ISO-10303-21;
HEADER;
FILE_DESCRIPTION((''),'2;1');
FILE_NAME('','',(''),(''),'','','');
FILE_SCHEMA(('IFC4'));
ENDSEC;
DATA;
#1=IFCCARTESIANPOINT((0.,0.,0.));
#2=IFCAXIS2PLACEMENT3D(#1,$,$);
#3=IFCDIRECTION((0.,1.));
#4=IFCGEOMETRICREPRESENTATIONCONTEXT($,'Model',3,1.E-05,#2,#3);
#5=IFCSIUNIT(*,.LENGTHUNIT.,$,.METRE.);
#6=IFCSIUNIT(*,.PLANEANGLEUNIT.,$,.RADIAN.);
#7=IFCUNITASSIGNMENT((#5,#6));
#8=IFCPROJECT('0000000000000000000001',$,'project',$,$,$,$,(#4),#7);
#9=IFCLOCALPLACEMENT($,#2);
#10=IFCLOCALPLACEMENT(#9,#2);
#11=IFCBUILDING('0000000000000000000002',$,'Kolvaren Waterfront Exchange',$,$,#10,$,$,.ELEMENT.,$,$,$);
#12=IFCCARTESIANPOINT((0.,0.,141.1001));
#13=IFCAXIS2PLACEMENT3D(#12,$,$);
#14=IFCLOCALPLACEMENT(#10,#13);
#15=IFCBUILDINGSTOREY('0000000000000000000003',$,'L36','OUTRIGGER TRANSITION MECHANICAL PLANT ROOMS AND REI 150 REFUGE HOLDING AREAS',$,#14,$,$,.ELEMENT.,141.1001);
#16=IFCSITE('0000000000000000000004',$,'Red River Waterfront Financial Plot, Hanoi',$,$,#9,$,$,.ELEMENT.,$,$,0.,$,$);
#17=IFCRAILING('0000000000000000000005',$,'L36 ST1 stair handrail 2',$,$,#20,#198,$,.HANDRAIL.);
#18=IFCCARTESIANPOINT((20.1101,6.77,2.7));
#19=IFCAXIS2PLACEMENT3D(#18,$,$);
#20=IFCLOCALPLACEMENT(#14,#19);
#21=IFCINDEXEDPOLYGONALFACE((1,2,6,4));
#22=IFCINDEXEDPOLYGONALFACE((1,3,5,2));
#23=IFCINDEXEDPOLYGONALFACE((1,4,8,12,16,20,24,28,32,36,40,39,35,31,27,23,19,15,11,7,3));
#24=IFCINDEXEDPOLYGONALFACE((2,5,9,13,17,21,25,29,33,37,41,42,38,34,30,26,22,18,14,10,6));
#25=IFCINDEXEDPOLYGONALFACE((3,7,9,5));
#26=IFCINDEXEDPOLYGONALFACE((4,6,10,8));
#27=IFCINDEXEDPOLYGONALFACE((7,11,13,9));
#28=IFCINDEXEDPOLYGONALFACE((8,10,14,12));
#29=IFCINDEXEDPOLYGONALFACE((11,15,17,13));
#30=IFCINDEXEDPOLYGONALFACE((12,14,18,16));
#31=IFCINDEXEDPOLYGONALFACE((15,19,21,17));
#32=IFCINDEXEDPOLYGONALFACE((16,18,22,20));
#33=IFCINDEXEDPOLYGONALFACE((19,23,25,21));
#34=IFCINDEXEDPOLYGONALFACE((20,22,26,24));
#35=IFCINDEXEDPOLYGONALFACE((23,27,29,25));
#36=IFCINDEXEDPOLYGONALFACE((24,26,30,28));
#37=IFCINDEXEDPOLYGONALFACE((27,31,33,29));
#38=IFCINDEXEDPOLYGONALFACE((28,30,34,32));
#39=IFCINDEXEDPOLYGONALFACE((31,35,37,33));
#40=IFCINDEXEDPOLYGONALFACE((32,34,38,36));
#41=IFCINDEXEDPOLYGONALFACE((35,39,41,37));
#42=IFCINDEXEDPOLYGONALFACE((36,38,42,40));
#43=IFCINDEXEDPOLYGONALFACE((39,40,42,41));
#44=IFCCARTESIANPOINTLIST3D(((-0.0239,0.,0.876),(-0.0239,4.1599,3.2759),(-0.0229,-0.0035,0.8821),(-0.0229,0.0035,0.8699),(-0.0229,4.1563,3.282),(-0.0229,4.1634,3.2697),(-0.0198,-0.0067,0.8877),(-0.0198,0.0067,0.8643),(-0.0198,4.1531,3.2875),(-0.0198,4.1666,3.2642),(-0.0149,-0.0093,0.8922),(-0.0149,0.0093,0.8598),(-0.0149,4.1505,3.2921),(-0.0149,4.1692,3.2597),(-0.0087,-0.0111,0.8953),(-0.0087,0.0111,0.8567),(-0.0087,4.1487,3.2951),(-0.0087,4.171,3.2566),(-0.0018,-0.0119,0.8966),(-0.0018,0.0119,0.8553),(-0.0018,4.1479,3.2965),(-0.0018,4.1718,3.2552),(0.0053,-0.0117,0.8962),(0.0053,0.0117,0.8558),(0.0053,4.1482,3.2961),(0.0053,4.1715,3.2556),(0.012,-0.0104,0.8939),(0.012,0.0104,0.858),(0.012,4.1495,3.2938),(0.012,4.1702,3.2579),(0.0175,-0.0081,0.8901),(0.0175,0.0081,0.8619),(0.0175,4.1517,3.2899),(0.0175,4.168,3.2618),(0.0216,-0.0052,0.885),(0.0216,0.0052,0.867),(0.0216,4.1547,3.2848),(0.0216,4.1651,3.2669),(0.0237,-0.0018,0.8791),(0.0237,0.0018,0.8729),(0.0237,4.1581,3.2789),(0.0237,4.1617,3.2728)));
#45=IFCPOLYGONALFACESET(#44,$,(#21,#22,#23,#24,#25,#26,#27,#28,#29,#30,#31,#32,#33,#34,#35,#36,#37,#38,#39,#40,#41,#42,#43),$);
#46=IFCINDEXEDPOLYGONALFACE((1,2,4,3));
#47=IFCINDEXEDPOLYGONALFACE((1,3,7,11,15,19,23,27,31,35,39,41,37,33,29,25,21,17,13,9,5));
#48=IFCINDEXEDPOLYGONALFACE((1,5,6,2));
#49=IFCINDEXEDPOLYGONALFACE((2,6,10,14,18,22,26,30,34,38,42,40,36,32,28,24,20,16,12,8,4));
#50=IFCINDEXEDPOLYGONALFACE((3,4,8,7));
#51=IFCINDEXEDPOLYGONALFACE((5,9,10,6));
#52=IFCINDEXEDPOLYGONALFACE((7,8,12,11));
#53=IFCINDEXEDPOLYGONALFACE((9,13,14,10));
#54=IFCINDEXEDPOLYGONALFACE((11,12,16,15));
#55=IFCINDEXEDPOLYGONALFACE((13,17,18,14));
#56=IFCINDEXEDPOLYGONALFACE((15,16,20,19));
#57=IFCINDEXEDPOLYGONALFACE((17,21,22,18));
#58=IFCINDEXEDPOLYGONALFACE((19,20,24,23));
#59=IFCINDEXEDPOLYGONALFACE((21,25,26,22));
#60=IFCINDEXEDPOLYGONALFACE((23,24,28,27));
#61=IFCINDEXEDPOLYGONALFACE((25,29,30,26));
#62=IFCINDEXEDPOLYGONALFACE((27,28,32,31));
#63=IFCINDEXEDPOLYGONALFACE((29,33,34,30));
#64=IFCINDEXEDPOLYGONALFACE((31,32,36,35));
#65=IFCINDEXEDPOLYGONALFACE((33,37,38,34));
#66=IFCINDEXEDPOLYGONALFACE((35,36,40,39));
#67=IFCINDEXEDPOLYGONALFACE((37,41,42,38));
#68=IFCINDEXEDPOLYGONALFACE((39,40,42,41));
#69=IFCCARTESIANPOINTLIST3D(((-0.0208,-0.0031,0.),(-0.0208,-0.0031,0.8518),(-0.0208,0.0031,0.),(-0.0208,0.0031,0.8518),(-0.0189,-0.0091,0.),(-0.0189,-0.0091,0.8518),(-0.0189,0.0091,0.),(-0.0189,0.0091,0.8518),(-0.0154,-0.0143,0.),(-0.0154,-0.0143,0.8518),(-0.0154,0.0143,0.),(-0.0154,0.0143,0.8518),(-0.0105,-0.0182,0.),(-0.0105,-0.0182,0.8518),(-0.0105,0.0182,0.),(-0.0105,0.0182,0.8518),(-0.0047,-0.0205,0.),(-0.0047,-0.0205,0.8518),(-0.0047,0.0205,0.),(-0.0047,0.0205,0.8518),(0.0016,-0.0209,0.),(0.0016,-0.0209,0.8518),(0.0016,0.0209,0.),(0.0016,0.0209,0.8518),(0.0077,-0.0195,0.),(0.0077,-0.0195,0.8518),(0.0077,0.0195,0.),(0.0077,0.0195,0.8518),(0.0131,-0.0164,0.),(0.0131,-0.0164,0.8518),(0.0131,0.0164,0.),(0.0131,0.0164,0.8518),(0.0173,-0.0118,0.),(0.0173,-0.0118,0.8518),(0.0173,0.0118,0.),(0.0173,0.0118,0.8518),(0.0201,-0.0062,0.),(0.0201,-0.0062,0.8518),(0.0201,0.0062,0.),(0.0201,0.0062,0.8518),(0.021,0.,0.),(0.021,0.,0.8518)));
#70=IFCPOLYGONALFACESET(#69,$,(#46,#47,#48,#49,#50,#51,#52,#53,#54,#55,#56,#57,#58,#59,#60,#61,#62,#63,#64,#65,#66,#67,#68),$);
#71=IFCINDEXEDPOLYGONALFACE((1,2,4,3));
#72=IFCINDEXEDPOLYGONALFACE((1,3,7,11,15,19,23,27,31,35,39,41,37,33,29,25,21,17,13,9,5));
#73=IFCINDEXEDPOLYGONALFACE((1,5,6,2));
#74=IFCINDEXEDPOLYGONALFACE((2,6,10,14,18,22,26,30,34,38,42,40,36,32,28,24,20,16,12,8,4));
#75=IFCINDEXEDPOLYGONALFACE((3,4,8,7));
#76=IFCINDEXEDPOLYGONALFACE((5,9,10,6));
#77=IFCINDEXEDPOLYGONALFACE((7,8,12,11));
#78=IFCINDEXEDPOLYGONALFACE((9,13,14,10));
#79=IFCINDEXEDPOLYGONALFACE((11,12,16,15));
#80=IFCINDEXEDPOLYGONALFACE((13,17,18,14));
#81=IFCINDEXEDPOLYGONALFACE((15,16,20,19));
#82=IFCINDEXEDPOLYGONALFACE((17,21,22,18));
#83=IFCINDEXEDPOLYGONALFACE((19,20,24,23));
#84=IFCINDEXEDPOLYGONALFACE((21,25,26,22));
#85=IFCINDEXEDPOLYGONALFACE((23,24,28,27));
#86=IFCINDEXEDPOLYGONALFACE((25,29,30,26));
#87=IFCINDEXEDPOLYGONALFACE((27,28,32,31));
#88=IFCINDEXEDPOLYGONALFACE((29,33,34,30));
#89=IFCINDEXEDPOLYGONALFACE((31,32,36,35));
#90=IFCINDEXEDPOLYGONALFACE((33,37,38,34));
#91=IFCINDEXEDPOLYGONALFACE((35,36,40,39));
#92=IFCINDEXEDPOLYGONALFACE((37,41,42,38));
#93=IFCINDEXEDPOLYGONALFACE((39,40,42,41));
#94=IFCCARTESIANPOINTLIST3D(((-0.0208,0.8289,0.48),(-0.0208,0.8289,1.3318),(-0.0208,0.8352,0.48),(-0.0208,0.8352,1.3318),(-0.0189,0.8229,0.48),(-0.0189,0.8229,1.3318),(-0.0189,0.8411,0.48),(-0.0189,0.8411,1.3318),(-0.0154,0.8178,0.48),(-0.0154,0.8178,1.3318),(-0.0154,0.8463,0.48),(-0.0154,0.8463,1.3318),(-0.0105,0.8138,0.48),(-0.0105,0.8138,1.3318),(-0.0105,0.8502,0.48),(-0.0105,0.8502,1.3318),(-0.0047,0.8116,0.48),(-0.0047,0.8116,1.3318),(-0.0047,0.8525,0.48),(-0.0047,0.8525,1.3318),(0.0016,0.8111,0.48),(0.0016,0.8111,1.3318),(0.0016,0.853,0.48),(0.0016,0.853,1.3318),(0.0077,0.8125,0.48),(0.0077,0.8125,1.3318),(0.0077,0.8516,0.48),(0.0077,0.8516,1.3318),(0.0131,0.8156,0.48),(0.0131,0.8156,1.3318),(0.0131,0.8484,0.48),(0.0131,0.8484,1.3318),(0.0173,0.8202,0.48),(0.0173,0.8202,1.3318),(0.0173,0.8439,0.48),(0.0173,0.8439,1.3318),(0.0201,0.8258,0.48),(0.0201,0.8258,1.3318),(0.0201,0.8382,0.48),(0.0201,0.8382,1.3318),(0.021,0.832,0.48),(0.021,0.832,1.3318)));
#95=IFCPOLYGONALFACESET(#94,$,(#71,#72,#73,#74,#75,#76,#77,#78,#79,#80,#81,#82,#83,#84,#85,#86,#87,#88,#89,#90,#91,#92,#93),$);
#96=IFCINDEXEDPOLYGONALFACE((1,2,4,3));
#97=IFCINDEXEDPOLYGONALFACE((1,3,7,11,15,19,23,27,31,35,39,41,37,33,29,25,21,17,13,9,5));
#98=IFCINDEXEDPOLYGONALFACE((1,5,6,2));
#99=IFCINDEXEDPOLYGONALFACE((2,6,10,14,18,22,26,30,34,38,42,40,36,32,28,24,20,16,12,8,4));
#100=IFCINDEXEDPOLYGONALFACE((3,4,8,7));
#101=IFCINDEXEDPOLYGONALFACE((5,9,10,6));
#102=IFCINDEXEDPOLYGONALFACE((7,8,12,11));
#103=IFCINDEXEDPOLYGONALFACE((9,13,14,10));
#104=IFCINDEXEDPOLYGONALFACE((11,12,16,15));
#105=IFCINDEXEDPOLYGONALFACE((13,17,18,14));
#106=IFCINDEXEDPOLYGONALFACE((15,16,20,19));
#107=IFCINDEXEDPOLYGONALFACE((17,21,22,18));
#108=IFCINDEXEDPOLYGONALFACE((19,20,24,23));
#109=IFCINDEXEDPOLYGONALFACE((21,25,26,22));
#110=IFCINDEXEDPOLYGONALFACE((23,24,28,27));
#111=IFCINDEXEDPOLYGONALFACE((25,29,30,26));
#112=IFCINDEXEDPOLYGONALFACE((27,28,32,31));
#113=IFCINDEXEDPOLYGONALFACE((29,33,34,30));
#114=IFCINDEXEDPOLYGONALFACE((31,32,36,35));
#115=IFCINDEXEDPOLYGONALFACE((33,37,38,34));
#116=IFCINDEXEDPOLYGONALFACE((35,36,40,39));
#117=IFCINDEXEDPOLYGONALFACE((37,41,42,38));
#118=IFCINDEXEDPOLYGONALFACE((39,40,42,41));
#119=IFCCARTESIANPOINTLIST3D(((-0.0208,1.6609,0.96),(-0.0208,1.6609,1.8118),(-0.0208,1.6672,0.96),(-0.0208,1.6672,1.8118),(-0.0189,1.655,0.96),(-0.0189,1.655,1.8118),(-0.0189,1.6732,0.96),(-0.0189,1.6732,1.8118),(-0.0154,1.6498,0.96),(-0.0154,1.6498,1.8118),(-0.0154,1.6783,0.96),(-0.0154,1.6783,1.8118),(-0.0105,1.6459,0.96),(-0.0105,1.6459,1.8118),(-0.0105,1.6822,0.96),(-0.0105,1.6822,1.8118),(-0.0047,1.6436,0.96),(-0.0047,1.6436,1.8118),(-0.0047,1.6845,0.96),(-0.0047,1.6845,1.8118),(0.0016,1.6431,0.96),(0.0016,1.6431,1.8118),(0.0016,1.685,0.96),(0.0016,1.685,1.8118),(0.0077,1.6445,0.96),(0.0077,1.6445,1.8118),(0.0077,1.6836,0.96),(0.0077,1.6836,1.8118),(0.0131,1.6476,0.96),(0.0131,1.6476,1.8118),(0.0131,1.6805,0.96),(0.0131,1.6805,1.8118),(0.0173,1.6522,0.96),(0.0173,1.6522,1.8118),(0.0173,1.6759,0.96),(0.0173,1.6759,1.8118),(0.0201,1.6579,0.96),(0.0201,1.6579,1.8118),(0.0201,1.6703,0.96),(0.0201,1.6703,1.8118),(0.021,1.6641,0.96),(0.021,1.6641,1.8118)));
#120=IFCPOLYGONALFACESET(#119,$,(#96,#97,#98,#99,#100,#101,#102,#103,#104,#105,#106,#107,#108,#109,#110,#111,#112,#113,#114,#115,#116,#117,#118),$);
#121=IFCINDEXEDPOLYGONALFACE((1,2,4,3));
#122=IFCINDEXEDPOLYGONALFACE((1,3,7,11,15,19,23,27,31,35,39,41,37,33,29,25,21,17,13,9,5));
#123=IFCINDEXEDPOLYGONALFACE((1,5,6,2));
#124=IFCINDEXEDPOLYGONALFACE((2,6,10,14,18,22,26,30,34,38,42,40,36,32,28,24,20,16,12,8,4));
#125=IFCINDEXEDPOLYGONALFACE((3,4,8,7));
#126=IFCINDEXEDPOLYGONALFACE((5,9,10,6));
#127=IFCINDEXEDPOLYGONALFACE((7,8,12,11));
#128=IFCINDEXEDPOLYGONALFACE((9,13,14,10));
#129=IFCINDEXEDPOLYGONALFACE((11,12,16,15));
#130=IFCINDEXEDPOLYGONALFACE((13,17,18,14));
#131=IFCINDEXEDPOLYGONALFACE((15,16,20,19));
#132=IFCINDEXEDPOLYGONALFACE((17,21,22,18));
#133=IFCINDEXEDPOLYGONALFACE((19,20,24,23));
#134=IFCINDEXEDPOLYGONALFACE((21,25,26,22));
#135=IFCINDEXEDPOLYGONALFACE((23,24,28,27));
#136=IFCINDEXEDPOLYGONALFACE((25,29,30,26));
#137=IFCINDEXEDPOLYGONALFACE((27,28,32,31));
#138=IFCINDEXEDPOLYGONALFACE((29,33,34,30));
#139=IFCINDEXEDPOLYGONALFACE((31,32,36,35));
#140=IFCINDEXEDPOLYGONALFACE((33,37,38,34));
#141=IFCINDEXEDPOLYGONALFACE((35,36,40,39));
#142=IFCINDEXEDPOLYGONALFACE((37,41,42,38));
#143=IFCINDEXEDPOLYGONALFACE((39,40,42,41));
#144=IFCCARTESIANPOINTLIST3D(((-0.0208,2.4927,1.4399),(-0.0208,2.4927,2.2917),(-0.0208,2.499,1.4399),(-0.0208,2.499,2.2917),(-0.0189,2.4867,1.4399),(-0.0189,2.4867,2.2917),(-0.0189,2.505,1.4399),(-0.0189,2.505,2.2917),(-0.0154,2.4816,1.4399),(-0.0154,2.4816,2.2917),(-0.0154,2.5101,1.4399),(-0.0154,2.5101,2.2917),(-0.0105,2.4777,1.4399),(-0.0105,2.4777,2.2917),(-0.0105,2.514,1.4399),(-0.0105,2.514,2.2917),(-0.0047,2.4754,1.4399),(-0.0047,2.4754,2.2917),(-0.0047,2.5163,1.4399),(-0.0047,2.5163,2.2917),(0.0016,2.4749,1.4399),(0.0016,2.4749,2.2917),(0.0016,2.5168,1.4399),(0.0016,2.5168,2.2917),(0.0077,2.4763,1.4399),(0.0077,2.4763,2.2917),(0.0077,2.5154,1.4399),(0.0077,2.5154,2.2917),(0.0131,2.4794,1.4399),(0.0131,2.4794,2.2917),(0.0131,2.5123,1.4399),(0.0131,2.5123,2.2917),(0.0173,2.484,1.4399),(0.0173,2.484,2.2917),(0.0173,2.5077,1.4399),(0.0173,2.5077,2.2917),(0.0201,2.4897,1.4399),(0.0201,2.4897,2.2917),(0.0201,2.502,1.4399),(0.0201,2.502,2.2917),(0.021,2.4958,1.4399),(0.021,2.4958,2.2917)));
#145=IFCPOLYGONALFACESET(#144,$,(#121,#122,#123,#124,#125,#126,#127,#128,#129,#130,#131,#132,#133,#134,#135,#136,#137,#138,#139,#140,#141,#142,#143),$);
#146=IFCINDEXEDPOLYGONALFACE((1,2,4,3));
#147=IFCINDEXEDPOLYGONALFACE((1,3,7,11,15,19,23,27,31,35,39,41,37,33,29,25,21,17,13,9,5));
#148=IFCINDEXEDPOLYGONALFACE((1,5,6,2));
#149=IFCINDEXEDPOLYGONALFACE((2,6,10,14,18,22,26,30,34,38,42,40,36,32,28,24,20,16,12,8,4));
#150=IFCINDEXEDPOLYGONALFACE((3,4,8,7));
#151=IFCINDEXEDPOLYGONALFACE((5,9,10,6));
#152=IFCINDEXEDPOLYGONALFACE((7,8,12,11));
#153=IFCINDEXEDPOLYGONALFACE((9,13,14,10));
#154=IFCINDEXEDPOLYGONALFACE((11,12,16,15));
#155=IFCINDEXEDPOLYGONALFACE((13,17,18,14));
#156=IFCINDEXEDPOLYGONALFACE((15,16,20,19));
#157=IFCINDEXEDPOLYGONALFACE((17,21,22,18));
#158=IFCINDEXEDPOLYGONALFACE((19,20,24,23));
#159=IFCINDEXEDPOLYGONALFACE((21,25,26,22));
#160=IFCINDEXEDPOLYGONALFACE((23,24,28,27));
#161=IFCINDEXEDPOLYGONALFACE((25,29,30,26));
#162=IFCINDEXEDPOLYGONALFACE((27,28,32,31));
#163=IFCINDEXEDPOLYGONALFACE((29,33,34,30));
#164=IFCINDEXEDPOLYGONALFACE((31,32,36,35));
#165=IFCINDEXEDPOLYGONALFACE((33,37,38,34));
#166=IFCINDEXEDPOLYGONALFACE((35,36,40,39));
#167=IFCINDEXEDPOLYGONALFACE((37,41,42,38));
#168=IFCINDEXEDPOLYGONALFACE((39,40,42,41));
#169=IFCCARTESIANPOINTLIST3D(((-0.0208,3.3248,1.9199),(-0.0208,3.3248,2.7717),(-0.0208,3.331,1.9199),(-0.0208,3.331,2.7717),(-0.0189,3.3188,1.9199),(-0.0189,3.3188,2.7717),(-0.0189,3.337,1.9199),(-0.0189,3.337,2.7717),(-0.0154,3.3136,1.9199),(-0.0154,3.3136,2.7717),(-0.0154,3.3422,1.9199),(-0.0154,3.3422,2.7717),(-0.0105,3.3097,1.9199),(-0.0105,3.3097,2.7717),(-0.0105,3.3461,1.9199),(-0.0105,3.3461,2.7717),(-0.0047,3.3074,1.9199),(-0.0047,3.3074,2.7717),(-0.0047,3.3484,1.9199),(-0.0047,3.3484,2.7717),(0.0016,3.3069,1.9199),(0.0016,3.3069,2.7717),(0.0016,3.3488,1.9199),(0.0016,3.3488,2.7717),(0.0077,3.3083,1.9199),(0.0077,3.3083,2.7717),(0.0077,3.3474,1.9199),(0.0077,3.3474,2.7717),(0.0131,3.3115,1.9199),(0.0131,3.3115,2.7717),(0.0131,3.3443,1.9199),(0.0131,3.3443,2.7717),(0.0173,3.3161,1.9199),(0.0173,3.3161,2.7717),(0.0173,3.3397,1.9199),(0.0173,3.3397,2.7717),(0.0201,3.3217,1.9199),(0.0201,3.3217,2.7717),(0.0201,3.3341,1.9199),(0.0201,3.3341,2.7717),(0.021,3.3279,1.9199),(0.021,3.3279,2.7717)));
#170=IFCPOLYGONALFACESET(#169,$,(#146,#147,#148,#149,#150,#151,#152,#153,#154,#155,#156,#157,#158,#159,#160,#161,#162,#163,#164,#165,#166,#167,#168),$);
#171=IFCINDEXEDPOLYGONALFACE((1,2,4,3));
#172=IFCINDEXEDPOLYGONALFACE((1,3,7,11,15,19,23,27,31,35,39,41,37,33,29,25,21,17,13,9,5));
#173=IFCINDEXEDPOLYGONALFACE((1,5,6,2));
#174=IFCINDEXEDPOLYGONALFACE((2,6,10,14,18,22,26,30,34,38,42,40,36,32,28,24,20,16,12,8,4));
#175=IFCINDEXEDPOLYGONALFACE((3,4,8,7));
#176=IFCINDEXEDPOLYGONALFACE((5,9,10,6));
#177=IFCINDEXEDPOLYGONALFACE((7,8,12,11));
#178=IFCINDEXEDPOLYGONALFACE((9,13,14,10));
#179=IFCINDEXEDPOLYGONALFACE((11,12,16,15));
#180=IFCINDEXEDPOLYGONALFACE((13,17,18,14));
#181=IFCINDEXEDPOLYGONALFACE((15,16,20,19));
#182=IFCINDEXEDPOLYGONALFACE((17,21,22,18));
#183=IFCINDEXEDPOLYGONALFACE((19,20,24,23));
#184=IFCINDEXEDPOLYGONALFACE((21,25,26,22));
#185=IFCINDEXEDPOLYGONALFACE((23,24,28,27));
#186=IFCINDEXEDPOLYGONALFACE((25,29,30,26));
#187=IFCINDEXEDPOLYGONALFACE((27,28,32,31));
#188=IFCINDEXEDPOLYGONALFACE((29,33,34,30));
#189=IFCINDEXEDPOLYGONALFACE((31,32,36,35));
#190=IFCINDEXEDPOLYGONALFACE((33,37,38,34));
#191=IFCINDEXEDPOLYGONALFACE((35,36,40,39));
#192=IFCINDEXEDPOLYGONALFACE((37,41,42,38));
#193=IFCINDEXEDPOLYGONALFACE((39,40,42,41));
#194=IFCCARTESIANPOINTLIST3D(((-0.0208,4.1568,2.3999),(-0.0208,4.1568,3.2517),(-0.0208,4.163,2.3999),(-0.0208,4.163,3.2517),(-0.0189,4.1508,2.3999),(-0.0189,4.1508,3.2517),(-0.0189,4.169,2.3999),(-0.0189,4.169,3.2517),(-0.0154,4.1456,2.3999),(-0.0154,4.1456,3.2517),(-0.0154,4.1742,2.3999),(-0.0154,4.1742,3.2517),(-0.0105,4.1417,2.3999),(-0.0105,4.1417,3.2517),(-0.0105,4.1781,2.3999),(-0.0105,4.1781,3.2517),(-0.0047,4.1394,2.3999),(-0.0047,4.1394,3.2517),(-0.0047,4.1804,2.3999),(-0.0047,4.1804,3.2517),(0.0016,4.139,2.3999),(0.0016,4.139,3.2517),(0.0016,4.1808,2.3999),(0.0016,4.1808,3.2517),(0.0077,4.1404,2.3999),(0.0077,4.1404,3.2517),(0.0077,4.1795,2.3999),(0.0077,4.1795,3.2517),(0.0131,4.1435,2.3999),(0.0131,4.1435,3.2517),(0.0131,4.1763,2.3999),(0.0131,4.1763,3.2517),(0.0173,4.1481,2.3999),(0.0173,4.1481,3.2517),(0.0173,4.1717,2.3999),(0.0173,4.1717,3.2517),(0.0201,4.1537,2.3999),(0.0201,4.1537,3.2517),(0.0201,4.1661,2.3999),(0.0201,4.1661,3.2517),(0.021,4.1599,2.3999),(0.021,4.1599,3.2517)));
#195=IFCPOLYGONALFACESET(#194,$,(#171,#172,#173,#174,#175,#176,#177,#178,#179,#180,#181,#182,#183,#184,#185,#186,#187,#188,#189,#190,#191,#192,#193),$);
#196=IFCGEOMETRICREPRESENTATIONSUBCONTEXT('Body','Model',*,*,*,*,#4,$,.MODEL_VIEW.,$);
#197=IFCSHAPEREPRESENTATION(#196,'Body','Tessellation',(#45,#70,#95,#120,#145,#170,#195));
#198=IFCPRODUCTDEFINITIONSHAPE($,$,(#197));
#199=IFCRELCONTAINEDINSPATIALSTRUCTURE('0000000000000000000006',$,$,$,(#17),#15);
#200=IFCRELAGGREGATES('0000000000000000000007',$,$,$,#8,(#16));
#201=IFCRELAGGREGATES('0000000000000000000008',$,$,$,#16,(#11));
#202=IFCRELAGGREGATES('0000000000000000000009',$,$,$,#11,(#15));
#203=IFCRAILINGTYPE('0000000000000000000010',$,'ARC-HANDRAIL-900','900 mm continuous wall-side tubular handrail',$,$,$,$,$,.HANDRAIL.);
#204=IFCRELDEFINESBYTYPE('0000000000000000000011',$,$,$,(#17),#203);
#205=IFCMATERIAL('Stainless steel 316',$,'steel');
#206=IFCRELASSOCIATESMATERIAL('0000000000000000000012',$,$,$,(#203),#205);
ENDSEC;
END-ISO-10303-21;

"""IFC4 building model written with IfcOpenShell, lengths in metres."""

from ifc_helpers import new_model, si_unit, direction, frame, origin, origin_2d, place, context, subcontext, project, spatial, circle, extrude, material, type_object, element, save


model = new_model("IFC4")

# Units and contexts
model_context = context("Model", 3, precision=1e-05, world=origin(), true_north=direction((0.0, 1.0)))
body_context = subcontext(model_context, "Body", "Model", "MODEL_VIEW")
ifc_project = project(units=[si_unit("LENGTHUNIT", "METRE"), si_unit("PLANEANGLEUNIT", "RADIAN")], contexts=[model_context])

# Site, building, storey
site_placement = place(None, origin())
site = spatial("IfcSite", under=ifc_project, at=site_placement, Name="Red River Waterfront Financial Plot, Hanoi", CompositionType="ELEMENT", RefElevation=0.0)
building_placement = place(site_placement, origin())
building = spatial("IfcBuilding", under=site, at=building_placement, Name="Kolvaren Waterfront Exchange", CompositionType="ELEMENT")
storey_placement = place(building_placement, frame((0.0, 0.0, 141.1001)))
storey = spatial("IfcBuildingStorey", under=building, at=storey_placement, Name="L36", Description="OUTRIGGER TRANSITION MECHANICAL PLANT ROOMS AND REI 150 REFUGE HOLDING AREAS", CompositionType="ELEMENT", Elevation=141.1001)

# Railing
ifc_material_1 = material(Name="Stainless steel 316", Category="steel")
railing_type_1 = type_object("IfcRailingType", Name="ARC-HANDRAIL-900", Description="900 mm continuous wall-side tubular handrail", PredefinedType="HANDRAIL", material=ifc_material_1)
railing_1_placement = place(storey_placement, frame((20.1101, 6.77, 2.7)))
element("IfcRailing", 1, at=railing_1_placement, inside=storey, type_object=railing_type_1, Name="L36 ST1 stair handrail 2", PredefinedType="HANDRAIL", context=body_context, shape_type="SweptSolid", body=[
    extrude(circle(Radius=0.0239, at=origin_2d()), frame((0.0, 0.0, 0.876), z_axis=(0.0, 0.86619, 0.499715), x_axis=(-1.0, 0.0, 0.0)), (0.0, 0.0, 1.0), 4.8025),
    extrude(circle(Radius=0.021, at=origin_2d()), origin(), (0.0, 0.0, 1.0), 0.8518),
    extrude(circle(Radius=0.021, at=origin_2d()), frame((0.0, 0.832, 0.48)), (0.0, 0.0, 1.0), 0.8518),
    extrude(circle(Radius=0.021, at=origin_2d()), frame((0.0, 1.6641, 0.96)), (0.0, 0.0, 1.0), 0.8518),
    extrude(circle(Radius=0.021, at=origin_2d()), frame((0.0, 2.4958, 1.4399)), (0.0, 0.0, 1.0), 0.8518),
    extrude(circle(Radius=0.021, at=origin_2d()), frame((0.0, 3.3279, 1.9199)), (0.0, 0.0, 1.0), 0.8518),
    extrude(circle(Radius=0.021, at=origin_2d()), frame((0.0, 4.1599, 2.3999)), (0.0, 0.0, 1.0), 0.8518),
])

save(model, "model.ifc")
